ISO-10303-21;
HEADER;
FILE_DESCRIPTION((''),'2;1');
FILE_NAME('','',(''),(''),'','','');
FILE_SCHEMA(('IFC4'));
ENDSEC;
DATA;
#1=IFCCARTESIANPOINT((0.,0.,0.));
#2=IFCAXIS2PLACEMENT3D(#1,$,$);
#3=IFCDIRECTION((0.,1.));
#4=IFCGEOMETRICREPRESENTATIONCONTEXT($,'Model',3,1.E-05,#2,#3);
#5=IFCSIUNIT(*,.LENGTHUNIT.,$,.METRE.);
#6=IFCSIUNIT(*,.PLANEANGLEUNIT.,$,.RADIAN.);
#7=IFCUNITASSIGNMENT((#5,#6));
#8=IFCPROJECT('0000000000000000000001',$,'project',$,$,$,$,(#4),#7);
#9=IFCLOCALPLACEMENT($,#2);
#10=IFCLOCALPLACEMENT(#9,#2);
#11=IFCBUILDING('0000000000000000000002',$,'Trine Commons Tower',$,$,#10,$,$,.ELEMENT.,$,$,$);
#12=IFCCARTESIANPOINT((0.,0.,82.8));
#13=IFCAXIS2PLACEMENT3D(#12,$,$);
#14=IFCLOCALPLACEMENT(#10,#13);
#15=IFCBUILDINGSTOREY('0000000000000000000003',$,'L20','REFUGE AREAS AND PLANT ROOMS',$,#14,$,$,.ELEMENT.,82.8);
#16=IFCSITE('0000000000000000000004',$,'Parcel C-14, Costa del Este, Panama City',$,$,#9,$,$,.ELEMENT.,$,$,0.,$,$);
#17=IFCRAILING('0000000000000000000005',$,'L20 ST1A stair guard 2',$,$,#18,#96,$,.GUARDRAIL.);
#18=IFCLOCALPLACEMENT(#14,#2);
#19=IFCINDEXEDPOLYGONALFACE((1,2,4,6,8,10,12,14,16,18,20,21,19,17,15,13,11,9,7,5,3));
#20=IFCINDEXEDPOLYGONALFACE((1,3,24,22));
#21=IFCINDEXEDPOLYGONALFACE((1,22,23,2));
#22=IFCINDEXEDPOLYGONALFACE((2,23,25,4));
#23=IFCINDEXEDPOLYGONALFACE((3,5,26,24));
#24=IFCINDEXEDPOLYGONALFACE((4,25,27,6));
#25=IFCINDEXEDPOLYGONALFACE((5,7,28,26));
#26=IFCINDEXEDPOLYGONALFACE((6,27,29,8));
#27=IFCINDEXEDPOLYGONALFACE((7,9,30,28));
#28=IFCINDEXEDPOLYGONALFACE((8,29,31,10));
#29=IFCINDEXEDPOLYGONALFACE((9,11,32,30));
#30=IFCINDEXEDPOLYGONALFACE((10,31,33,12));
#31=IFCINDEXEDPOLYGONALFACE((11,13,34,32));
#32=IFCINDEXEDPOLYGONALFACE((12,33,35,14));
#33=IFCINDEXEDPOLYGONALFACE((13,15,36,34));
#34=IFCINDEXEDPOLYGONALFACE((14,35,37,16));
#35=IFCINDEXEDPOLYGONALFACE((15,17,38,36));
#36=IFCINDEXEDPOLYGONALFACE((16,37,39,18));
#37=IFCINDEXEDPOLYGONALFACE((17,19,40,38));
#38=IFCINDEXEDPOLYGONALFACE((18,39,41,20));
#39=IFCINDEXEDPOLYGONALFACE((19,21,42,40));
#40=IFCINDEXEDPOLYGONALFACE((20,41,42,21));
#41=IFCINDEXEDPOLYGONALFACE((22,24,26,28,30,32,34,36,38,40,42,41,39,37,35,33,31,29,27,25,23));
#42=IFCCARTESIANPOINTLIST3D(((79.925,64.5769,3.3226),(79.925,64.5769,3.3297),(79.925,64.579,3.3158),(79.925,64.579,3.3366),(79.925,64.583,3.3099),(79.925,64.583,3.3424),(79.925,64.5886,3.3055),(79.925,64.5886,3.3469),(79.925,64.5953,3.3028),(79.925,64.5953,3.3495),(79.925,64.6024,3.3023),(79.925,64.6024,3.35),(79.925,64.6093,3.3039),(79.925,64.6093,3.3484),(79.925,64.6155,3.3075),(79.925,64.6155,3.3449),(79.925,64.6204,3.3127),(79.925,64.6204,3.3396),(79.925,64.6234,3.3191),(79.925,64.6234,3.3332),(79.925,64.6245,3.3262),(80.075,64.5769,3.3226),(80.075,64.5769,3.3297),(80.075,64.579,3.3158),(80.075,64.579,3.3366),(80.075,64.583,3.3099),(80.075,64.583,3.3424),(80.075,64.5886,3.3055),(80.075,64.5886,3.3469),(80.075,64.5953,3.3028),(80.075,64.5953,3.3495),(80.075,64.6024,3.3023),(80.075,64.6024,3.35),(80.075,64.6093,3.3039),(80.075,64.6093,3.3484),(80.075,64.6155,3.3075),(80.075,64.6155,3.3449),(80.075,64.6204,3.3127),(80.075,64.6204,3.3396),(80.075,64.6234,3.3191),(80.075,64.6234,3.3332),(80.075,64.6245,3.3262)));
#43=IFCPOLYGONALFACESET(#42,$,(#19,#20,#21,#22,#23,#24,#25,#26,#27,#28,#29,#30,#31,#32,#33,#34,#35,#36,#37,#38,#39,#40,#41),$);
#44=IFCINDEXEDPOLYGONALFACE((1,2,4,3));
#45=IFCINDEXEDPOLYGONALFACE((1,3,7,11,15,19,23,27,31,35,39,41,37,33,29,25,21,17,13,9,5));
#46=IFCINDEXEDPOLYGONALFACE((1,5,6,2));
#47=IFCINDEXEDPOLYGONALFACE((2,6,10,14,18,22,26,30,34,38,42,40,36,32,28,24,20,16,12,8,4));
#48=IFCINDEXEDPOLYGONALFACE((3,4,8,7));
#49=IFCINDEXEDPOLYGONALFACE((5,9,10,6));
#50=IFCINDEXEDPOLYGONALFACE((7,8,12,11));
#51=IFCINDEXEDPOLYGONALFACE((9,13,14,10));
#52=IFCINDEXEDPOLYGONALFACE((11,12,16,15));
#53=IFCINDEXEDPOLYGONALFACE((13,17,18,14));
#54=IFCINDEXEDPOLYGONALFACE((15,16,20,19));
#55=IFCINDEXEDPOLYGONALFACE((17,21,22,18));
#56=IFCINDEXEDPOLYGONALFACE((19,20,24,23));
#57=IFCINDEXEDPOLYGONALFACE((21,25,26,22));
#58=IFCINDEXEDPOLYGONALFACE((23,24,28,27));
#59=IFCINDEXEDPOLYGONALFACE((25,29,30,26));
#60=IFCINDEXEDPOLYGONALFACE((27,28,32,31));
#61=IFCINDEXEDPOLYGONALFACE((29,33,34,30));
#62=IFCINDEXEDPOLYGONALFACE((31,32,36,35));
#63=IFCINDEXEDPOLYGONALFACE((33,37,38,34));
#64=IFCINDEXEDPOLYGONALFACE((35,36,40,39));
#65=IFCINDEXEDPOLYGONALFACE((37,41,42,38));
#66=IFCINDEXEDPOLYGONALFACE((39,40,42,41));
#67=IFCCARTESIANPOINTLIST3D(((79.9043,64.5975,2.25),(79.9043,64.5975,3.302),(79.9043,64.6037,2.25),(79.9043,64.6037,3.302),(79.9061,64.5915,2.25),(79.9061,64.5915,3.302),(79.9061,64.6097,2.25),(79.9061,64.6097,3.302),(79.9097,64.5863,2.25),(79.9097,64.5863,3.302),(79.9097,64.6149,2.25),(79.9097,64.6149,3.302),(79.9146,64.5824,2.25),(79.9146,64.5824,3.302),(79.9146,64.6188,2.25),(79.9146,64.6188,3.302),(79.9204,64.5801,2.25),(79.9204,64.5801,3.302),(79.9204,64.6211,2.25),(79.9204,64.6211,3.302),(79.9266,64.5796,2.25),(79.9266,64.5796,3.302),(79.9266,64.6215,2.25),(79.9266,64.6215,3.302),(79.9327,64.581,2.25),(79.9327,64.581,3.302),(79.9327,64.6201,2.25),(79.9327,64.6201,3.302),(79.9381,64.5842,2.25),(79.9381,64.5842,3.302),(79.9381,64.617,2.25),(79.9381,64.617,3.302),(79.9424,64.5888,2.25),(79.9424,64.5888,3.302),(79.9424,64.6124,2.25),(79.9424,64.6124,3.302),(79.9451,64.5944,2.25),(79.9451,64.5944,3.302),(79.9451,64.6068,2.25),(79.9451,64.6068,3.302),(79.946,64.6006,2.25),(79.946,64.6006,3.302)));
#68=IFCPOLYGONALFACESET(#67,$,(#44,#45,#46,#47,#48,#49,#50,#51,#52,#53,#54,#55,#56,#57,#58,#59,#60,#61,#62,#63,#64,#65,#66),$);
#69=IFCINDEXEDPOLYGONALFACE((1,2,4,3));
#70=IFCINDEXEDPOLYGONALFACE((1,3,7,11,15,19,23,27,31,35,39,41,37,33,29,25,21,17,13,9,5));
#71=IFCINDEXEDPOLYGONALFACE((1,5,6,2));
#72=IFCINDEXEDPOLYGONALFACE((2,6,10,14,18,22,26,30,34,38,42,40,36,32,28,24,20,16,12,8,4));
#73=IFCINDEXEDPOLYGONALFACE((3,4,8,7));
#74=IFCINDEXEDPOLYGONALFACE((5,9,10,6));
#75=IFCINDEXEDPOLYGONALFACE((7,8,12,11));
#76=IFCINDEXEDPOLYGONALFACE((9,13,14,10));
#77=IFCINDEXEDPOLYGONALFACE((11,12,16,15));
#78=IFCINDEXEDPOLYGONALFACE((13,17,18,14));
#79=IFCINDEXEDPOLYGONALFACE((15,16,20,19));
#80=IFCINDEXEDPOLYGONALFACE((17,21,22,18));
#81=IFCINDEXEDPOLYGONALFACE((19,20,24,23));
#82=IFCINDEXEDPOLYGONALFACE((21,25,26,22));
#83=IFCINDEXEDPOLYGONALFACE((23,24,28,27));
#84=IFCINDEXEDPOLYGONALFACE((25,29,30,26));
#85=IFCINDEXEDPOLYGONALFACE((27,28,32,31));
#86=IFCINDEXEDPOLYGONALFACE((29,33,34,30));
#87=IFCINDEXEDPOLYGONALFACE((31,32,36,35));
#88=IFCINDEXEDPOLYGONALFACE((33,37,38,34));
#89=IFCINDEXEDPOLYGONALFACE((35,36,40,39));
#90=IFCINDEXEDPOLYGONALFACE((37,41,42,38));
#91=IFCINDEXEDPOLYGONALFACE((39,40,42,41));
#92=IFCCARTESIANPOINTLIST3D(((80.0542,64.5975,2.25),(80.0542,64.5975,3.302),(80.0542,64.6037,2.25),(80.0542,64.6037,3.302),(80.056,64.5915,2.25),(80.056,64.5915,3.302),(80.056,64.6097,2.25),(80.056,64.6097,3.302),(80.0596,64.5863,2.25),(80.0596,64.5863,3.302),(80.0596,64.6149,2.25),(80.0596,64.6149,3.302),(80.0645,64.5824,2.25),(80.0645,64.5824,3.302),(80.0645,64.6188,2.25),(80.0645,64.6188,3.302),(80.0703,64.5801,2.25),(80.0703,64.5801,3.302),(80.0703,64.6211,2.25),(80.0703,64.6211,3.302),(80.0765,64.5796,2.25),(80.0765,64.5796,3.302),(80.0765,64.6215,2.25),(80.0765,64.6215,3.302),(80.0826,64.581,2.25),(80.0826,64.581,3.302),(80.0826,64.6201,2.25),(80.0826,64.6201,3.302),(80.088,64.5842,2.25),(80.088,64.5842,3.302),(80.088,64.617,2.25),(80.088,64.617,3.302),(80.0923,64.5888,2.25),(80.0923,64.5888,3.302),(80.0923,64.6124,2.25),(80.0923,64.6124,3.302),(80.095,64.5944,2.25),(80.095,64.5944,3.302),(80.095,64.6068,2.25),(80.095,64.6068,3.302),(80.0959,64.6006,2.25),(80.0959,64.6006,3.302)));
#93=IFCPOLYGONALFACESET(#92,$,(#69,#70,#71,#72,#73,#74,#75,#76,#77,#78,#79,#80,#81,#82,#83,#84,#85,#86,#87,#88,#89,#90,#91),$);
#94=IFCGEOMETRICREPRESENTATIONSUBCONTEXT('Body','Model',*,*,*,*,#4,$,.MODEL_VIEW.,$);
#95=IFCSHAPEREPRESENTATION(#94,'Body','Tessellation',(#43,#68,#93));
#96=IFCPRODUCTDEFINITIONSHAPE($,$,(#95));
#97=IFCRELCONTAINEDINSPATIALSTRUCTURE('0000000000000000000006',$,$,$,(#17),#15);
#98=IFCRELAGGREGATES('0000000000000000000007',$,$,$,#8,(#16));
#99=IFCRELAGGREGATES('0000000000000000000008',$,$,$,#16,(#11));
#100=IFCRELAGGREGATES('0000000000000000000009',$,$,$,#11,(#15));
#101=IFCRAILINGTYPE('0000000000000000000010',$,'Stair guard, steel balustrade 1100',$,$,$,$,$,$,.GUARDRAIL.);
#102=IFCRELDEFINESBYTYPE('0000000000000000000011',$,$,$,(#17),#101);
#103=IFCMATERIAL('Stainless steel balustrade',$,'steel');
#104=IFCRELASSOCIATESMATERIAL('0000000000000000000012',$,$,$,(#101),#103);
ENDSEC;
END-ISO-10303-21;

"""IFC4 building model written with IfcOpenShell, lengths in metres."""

from ifc_helpers import new_model, si_unit, direction, frame, origin, origin_2d, place, context, subcontext, project, spatial, circle, extrude, material, type_object, element, save


model = new_model("IFC4")

# Units and contexts
model_context = context("Model", 3, precision=1e-05, world=origin(), true_north=direction((0.0, 1.0)))
body_context = subcontext(model_context, "Body", "Model", "MODEL_VIEW")
ifc_project = project(units=[si_unit("LENGTHUNIT", "METRE"), si_unit("PLANEANGLEUNIT", "RADIAN")], contexts=[model_context])

# Site, building, storey
site_placement = place(None, origin())
site = spatial("IfcSite", under=ifc_project, at=site_placement, Name="Parcel C-14, Costa del Este, Panama City", CompositionType="ELEMENT", RefElevation=0.0)
building_placement = place(site_placement, origin())
building = spatial("IfcBuilding", under=site, at=building_placement, Name="Trine Commons Tower", CompositionType="ELEMENT")
storey_placement = place(building_placement, frame((0.0, 0.0, 82.8)))
storey = spatial("IfcBuildingStorey", under=building, at=storey_placement, Name="L20", Description="REFUGE AREAS AND PLANT ROOMS", CompositionType="ELEMENT", Elevation=82.8)

# Railing
ifc_material_1 = material(Name="Stainless steel balustrade", Category="steel")
railing_type_1 = type_object("IfcRailingType", Name="Stair guard, steel balustrade 1100", PredefinedType="GUARDRAIL", material=ifc_material_1)
railing_1_placement = place(storey_placement, frame((79.925, 64.6006, 2.25)))
element("IfcRailing", 1, at=railing_1_placement, inside=storey, type_object=railing_type_1, Name="L20 ST1A stair guard 2", PredefinedType="GUARDRAIL", context=body_context, shape_type="SweptSolid", body=[
    extrude(circle(Radius=0.0239, at=origin_2d()), frame((0.0, 0.0, 1.0762), z_axis=(1.0, 0.0, 0.0), x_axis=(0.0, 1.0, 0.0)), (0.0, 0.0, 1.0), 0.1499),
    extrude(circle(Radius=0.021, at=origin_2d()), origin(), (0.0, 0.0, 1.0), 1.052),
    extrude(circle(Radius=0.021, at=origin_2d()), frame((0.1499, 0.0, 0.0)), (0.0, 0.0, 1.0), 1.052),
])

save(model, "model.ifc")
